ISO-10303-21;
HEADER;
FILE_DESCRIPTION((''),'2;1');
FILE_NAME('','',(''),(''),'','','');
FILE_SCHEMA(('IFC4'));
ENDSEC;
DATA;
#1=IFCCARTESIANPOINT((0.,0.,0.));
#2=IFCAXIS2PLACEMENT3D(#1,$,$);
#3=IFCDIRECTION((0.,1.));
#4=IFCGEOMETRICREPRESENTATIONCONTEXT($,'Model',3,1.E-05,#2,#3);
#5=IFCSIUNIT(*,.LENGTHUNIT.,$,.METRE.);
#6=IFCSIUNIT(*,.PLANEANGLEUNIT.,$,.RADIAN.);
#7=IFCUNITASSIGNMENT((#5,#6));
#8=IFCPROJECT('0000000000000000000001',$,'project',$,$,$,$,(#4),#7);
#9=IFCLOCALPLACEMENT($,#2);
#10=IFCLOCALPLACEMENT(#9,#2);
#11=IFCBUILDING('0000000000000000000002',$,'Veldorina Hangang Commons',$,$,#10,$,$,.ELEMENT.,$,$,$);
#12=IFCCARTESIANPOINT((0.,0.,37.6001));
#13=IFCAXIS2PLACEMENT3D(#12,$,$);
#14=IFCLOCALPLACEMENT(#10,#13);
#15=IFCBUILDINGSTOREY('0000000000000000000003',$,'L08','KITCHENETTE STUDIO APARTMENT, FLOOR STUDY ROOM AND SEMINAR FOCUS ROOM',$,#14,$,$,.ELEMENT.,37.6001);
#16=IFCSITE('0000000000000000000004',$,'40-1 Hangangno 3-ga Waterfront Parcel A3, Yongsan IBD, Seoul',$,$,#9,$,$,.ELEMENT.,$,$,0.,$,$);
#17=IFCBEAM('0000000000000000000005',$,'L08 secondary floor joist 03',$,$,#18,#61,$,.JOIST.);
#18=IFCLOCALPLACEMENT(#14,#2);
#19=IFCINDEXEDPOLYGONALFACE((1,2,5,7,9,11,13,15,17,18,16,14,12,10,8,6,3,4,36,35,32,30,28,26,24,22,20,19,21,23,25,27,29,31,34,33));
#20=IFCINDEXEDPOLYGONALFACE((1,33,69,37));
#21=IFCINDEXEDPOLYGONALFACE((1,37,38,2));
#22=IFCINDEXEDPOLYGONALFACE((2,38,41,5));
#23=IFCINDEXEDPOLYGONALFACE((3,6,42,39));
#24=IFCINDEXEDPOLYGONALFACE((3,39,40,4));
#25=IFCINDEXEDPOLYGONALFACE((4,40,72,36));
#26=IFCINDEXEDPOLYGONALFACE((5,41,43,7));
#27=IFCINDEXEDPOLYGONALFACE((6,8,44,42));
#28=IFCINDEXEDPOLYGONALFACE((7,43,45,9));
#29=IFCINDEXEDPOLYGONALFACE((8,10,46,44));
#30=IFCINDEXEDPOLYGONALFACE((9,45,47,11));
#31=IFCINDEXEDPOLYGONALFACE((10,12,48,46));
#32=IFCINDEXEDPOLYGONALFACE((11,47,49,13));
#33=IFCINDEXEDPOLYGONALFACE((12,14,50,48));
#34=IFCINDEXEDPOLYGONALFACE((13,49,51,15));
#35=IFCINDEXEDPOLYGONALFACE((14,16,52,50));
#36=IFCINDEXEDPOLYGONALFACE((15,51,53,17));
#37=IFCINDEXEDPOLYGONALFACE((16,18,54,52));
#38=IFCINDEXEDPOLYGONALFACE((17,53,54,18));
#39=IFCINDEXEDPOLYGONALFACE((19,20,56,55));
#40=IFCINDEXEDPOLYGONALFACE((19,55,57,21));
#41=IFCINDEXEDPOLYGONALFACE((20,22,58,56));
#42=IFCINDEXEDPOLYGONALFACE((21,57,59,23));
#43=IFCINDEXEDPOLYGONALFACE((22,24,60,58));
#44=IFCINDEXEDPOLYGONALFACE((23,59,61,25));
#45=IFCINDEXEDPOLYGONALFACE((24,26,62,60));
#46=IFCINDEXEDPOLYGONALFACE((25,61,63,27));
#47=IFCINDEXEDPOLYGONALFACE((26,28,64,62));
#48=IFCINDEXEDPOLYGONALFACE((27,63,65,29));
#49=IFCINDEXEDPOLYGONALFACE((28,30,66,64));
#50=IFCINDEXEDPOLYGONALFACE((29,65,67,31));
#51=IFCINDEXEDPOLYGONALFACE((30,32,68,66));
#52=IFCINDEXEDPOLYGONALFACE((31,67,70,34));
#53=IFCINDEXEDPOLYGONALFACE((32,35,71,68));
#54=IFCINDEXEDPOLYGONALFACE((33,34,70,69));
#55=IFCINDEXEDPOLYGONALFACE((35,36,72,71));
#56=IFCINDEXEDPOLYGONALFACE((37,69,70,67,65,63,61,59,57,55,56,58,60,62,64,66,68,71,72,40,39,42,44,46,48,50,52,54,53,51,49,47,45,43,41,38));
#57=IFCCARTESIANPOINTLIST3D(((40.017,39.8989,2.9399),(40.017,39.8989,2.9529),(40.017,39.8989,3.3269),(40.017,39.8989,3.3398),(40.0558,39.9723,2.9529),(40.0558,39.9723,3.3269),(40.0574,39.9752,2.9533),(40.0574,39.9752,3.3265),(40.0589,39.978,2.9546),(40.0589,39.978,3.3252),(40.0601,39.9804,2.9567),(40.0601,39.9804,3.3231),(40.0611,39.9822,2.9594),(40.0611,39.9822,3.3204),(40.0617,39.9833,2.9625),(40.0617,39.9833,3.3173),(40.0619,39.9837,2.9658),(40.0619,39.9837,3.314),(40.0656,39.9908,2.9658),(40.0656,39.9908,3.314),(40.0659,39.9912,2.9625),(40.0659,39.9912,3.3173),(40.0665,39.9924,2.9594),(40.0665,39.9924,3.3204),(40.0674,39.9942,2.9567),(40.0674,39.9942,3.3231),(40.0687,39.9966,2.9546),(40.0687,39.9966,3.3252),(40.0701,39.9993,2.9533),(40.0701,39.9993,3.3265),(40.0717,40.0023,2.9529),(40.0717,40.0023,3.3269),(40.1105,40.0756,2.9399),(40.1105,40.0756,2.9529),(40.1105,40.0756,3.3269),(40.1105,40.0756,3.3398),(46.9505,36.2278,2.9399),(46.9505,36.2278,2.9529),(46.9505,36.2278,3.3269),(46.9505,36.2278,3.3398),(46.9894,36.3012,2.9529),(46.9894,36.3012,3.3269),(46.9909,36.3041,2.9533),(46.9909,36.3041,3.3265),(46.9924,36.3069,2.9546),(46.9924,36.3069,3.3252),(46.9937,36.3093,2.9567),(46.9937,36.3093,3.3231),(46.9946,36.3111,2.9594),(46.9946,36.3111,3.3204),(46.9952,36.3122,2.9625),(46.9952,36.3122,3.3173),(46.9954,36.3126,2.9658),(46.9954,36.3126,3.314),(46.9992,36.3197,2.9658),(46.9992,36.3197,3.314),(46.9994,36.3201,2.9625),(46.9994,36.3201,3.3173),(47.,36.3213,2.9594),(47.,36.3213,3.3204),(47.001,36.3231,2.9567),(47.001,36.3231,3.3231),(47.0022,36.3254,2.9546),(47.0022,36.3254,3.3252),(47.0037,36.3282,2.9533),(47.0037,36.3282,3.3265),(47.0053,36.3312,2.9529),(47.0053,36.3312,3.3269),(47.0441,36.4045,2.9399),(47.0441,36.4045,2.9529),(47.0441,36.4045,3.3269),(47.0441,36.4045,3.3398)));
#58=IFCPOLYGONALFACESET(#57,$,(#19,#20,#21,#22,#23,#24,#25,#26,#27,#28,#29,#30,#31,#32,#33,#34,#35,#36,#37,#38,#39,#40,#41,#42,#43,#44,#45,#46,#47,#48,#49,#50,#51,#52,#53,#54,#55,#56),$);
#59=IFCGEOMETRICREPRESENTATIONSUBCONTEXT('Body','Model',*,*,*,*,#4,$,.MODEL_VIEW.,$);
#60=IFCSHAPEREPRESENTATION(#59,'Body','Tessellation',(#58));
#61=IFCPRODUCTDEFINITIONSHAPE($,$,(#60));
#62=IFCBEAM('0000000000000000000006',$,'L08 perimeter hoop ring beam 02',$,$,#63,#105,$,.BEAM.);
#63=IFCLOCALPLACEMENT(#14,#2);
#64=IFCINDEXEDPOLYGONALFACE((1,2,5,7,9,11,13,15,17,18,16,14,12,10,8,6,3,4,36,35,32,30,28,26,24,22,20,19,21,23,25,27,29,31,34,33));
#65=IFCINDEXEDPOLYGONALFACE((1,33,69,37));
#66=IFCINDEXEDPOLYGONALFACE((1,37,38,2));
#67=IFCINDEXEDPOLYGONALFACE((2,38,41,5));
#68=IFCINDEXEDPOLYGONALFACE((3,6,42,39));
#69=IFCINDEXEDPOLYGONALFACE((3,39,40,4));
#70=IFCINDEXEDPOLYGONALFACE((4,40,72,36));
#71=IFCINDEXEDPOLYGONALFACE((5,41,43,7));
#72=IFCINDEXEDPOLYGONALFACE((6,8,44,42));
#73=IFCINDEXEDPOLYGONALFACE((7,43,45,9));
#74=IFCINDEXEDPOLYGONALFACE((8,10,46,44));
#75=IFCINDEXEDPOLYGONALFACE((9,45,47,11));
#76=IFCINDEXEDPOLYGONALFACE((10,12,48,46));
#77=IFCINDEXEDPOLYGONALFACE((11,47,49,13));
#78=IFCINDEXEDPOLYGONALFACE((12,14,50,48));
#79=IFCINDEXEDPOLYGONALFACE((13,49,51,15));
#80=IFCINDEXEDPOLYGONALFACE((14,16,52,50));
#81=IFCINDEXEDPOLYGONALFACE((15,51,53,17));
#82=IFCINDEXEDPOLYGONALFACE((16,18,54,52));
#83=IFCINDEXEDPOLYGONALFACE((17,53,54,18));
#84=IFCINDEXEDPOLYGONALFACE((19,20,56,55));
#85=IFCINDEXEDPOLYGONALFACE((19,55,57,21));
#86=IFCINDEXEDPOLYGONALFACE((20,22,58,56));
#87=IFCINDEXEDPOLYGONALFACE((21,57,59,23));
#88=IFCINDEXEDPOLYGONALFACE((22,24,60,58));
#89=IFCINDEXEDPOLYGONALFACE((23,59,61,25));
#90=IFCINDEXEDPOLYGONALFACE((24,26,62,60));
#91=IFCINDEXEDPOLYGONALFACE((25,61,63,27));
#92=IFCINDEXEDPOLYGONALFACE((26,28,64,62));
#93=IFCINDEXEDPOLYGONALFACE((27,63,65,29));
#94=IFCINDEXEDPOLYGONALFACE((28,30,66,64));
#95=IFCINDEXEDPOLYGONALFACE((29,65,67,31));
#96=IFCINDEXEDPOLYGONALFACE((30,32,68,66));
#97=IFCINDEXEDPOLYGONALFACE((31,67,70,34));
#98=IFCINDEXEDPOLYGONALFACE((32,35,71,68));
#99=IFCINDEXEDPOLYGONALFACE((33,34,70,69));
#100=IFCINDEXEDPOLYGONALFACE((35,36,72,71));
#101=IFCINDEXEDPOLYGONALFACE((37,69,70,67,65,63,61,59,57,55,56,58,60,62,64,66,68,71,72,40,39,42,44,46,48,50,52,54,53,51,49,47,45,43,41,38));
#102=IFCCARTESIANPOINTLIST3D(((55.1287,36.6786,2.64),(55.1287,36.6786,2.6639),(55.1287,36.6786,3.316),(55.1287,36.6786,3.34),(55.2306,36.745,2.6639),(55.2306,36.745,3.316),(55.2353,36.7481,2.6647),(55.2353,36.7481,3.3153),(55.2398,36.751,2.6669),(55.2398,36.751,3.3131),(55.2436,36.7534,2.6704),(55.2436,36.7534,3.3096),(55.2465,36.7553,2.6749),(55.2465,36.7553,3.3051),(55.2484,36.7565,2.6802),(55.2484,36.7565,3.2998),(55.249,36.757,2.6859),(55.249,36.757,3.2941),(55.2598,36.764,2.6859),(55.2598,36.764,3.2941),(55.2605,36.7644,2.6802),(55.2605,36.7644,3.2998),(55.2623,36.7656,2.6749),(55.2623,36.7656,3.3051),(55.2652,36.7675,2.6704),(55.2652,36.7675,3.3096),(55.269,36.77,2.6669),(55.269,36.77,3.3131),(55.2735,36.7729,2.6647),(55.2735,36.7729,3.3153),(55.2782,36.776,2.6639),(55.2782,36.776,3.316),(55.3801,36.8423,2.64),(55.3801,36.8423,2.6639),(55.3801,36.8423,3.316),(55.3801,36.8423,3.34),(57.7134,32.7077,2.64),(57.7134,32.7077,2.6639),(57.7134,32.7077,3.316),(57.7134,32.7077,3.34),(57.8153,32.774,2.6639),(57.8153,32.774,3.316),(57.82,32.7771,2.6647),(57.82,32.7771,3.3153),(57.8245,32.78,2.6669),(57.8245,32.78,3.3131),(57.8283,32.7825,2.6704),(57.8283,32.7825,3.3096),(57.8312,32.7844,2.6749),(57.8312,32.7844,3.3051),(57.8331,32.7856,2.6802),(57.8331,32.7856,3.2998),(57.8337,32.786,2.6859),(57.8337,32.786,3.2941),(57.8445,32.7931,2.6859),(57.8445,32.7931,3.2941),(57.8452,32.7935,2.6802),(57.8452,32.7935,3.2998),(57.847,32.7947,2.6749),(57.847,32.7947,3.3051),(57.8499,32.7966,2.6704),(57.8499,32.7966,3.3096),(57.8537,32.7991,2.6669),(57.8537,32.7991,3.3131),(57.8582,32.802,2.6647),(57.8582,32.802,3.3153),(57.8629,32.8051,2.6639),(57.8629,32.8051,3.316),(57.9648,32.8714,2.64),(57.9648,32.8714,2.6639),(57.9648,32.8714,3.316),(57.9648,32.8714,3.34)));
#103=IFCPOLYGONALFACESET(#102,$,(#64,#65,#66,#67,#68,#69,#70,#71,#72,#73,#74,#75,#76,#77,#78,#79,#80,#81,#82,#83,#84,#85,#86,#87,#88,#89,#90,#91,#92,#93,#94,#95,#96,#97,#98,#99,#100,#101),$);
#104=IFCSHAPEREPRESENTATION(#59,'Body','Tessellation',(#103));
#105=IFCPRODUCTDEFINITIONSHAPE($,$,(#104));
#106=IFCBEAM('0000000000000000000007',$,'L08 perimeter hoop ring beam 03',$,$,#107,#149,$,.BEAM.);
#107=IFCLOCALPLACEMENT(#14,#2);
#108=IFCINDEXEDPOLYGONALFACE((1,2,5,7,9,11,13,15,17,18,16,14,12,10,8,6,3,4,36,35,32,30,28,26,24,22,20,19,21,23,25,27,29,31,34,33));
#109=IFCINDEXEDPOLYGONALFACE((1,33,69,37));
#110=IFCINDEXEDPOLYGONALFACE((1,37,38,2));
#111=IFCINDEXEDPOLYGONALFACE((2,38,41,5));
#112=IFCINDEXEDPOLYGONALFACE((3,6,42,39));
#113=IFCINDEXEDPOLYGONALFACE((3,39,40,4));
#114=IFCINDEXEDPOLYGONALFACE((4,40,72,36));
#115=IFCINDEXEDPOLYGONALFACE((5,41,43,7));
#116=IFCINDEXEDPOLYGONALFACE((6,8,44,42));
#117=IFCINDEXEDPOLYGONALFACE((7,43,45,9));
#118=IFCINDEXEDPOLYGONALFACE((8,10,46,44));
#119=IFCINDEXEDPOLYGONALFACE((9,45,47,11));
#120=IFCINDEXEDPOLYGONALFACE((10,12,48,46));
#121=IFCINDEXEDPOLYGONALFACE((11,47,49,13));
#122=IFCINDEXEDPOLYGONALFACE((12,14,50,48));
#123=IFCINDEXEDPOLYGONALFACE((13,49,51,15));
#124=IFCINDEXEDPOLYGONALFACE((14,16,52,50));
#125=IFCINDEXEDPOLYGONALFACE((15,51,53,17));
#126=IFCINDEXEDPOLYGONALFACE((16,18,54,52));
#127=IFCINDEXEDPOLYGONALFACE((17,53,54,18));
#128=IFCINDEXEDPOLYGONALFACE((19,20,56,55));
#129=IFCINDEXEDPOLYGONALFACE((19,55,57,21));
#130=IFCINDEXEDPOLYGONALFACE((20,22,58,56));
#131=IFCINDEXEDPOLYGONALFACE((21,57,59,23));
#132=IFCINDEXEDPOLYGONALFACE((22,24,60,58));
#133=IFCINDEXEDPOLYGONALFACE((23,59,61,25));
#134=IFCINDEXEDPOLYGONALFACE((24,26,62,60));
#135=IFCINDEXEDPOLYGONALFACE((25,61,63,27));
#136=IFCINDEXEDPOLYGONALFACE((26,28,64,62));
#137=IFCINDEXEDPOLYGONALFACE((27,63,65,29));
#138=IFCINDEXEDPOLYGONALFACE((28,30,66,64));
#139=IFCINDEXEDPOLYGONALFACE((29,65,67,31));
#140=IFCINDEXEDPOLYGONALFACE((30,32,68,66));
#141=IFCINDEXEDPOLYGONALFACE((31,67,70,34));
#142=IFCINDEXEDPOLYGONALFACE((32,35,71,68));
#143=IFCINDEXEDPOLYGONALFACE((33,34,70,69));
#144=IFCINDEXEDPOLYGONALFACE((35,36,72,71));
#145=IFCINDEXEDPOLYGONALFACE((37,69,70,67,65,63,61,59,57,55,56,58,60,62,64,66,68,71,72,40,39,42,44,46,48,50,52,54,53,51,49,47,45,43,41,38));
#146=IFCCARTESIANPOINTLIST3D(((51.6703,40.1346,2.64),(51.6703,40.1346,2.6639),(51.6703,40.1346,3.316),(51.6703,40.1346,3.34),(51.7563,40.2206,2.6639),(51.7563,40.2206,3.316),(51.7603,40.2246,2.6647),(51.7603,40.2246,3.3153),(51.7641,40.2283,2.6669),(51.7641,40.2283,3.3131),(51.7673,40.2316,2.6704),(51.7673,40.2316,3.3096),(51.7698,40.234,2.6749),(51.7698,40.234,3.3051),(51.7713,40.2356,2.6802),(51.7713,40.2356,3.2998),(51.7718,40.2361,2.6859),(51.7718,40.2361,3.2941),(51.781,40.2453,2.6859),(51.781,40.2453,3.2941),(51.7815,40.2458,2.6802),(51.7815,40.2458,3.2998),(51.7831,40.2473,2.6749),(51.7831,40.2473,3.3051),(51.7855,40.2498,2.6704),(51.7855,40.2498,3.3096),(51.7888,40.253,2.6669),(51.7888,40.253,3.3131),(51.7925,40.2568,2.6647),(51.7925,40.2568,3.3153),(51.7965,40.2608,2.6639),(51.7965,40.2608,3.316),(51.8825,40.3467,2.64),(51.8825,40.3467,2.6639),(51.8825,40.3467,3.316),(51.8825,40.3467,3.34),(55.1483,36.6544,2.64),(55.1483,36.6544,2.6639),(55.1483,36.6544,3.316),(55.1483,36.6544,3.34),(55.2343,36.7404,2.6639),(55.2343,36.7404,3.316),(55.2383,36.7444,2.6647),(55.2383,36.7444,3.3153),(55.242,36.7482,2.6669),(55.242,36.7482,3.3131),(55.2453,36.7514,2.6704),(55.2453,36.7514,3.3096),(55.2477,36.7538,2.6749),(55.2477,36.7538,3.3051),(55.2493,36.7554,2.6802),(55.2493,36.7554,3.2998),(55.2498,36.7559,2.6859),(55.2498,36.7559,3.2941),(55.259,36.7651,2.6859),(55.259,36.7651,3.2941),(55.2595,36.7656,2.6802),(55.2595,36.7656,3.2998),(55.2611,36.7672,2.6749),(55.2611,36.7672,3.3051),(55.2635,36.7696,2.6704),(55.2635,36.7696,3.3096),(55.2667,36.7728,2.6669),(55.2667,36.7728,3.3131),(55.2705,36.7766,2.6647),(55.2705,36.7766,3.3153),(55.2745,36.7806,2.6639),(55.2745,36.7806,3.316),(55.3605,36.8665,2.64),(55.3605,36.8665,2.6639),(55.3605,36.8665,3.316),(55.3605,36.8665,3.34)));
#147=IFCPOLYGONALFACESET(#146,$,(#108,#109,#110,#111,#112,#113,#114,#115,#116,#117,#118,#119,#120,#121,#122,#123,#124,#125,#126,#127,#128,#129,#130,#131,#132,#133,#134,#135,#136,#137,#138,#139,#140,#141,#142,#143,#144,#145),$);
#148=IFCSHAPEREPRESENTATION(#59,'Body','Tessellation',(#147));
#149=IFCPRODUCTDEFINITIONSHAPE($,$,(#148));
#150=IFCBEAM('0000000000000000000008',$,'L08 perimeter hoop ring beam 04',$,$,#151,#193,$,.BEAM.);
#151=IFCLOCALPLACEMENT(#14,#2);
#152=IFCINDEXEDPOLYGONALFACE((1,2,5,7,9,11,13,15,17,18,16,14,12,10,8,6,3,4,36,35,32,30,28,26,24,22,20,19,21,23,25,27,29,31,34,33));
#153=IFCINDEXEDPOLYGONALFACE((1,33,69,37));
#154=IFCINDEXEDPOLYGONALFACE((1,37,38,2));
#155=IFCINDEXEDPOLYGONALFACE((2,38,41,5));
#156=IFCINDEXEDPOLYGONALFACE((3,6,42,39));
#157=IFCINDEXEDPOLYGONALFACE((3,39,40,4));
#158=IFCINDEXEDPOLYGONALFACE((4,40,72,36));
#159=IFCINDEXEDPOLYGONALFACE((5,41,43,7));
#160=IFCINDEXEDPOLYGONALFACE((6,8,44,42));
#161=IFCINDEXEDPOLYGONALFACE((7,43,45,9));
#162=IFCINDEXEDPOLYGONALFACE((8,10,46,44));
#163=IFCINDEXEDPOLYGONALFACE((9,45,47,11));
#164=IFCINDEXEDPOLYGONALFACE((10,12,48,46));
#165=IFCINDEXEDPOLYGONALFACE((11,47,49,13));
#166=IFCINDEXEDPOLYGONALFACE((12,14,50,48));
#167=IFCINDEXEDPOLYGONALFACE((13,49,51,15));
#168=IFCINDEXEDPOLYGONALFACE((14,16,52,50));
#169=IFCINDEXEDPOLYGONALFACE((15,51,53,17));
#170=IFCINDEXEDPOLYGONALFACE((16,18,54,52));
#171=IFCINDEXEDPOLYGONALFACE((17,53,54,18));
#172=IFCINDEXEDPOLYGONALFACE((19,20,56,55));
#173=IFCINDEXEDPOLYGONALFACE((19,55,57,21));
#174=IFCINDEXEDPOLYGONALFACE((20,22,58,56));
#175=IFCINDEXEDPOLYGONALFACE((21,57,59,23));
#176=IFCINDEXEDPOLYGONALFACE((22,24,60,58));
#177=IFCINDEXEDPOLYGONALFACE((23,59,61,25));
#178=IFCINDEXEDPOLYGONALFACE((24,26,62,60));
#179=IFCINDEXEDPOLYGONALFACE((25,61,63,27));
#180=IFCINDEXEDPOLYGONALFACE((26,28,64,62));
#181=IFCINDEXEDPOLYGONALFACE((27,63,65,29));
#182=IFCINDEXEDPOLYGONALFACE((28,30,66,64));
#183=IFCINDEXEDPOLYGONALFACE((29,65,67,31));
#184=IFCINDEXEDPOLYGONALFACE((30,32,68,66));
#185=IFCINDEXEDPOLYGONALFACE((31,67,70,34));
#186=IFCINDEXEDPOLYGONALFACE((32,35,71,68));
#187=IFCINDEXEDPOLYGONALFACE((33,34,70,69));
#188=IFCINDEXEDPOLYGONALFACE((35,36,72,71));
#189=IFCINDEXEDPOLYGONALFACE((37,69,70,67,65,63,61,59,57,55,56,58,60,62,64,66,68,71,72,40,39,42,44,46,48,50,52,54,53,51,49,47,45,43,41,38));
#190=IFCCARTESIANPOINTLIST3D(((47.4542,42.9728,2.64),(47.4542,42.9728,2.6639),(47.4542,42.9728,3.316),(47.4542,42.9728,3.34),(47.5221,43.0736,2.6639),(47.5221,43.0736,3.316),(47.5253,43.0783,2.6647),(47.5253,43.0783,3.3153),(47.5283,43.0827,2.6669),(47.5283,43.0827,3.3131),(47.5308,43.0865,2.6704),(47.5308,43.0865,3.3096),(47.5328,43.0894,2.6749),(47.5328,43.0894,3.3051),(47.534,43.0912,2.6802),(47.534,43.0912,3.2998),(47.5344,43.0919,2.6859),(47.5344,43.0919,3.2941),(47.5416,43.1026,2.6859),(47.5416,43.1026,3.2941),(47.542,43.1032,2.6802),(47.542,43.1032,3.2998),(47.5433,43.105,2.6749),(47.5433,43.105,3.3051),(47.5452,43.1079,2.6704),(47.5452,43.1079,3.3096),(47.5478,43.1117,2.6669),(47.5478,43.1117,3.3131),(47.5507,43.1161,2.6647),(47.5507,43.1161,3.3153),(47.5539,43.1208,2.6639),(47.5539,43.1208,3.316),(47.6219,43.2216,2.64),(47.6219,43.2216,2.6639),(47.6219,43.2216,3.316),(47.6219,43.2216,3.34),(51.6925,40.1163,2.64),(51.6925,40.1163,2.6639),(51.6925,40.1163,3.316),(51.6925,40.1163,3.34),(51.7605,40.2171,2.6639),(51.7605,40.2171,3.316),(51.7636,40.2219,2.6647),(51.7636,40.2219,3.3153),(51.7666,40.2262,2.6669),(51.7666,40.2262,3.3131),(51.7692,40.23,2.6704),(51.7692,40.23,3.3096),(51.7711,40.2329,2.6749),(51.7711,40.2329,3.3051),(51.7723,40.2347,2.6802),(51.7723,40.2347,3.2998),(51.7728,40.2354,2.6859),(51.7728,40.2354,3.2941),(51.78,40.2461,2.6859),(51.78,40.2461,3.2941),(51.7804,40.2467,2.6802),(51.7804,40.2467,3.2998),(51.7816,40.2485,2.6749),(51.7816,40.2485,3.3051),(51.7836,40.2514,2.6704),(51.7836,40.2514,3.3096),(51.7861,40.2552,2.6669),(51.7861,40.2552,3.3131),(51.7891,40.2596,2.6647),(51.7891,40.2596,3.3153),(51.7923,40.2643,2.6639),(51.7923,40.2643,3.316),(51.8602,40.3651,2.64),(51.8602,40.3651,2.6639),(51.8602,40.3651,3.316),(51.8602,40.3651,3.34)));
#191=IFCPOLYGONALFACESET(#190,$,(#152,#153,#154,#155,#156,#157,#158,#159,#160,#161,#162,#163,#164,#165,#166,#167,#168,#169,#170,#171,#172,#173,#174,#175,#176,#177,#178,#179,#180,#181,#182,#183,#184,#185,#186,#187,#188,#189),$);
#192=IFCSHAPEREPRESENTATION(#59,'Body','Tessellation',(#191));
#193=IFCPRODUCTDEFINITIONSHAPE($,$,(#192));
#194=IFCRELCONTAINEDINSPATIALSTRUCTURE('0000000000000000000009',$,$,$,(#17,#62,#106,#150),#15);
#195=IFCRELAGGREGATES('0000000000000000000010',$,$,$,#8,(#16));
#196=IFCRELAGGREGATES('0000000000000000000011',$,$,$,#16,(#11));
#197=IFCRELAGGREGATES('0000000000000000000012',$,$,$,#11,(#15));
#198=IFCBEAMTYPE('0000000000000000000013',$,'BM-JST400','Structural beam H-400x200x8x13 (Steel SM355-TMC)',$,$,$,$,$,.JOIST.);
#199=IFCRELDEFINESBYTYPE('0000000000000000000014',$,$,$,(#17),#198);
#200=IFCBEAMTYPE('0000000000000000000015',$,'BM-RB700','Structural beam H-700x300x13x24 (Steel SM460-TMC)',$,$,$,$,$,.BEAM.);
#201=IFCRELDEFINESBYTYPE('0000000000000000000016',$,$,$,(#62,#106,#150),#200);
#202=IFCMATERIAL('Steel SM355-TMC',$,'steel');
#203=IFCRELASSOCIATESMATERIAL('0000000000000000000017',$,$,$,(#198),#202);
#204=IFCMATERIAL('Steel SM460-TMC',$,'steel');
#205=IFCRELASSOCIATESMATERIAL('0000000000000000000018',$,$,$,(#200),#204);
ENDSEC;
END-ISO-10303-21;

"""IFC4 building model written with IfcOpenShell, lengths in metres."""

from ifc_helpers import new_model, si_unit, direction, frame, origin, origin_2d, place, context, subcontext, project, spatial, i_section, extrude, material, material_profile, profile_set, type_object, element, save


model = new_model("IFC4")

# Units and contexts
model_context = context("Model", 3, precision=1e-05, world=origin(), true_north=direction((0.0, 1.0)))
body_context = subcontext(model_context, "Body", "Model", "MODEL_VIEW")
ifc_project = project(units=[si_unit("LENGTHUNIT", "METRE"), si_unit("PLANEANGLEUNIT", "RADIAN")], contexts=[model_context])

# Site, building, storey
site_placement = place(None, origin())
site = spatial("IfcSite", under=ifc_project, at=site_placement, Name="40-1 Hangangno 3-ga Waterfront Parcel A3, Yongsan IBD, Seoul", CompositionType="ELEMENT", RefElevation=0.0)
building_placement = place(site_placement, origin())
building = spatial("IfcBuilding", under=site, at=building_placement, Name="Veldorina Hangang Commons", CompositionType="ELEMENT")
storey_placement = place(building_placement, frame((0.0, 0.0, 37.6001)))
storey = spatial("IfcBuildingStorey", under=building, at=storey_placement, Name="L08", Description="KITCHENETTE STUDIO APARTMENT, FLOOR STUDY ROOM AND SEMINAR FOCUS ROOM", CompositionType="ELEMENT", Elevation=37.6001)

# Beams
ifc_material_1 = material(Name="Steel SM355-TMC", Category="steel")
ifc_material_profile_1 = material_profile(ifc_material_1, i_section(OverallWidth=0.2, OverallDepth=0.3999, WebThickness=0.0081, FlangeThickness=0.0129, FilletRadius=0.0129, at=origin_2d()), Name="H-400x200x8x13")
ifc_profile_set_1 = profile_set([ifc_material_profile_1], Name="Steel SM355-TMC")
beam_type_1 = type_object("IfcBeamType", Name="BM-JST400", Description="Structural beam H-400x200x8x13 (Steel SM355-TMC)", PredefinedType="JOIST", material=ifc_profile_set_1)
beam_1_placement = place(storey_placement, frame((46.9973, 36.3162, 3.1399), z_axis=(-0.883766, 0.467929, 0.0), x_axis=(-0.467929, -0.883766, 0.0)))
element("IfcBeam", 1, at=beam_1_placement, inside=storey, type_object=beam_type_1, Name="L08 secondary floor joist 03", PredefinedType="JOIST", context=body_context, shape_type="SweptSolid", body=[
    extrude(i_section(OverallWidth=0.2, OverallDepth=0.3999, WebThickness=0.0081, FlangeThickness=0.0129, FilletRadius=0.0129, at=origin_2d()), origin(), (0.0, 0.0, 1.0), 7.8455),
])
ifc_material_2 = material(Name="Steel SM460-TMC", Category="steel")
ifc_material_profile_2 = material_profile(ifc_material_2, i_section(OverallWidth=0.3, OverallDepth=0.7, WebThickness=0.0129, FlangeThickness=0.0239, FilletRadius=0.022, at=origin_2d()), Name="H-700x300x13x24")
ifc_profile_set_2 = profile_set([ifc_material_profile_2], Name="Steel SM460-TMC")
beam_type_2 = type_object("IfcBeamType", Name="BM-RB700", Description="Structural beam H-700x300x13x24 (Steel SM460-TMC)", PredefinedType="BEAM", material=ifc_profile_set_2)
beam_2_placement = place(storey_placement, frame((57.8391, 32.7896, 2.99), z_axis=(-0.545523, 0.838096, 0.0), x_axis=(-0.838096, -0.545523, 0.0)))
element("IfcBeam", 2, at=beam_2_placement, inside=storey, type_object=beam_type_2, Name="L08 perimeter hoop ring beam 02", PredefinedType="BEAM", context=body_context, shape_type="SweptSolid", body=[
    extrude(i_section(OverallWidth=0.3, OverallDepth=0.7, WebThickness=0.0129, FlangeThickness=0.0239, FilletRadius=0.022, at=origin_2d()), origin(), (0.0, 0.0, 1.0), 4.738),
])
beam_3_placement = place(storey_placement, frame((55.2544, 36.7605, 2.99), z_axis=(-0.706883, 0.70733, 0.0), x_axis=(-0.70733, -0.706883, 0.0)))
element("IfcBeam", 3, at=beam_3_placement, inside=storey, type_object=beam_type_2, Name="L08 perimeter hoop ring beam 03", PredefinedType="BEAM", context=body_context, shape_type="SweptSolid", body=[
    extrude(i_section(OverallWidth=0.3, OverallDepth=0.7, WebThickness=0.0129, FlangeThickness=0.0239, FilletRadius=0.022, at=origin_2d()), origin(), (0.0, 0.0, 1.0), 4.9202),
])
beam_4_placement = place(storey_placement, frame((51.7764, 40.2407, 2.99), z_axis=(-0.829247, 0.558882, 0.0), x_axis=(-0.558882, -0.829247, 0.0)))
element("IfcBeam", 4, at=beam_4_placement, inside=storey, type_object=beam_type_2, Name="L08 perimeter hoop ring beam 04", PredefinedType="BEAM", context=body_context, shape_type="SweptSolid", body=[
    extrude(i_section(OverallWidth=0.3, OverallDepth=0.7, WebThickness=0.0129, FlangeThickness=0.0239, FilletRadius=0.022, at=origin_2d()), origin(), (0.0, 0.0, 1.0), 5.1111),
])

save(model, "model.ifc")
